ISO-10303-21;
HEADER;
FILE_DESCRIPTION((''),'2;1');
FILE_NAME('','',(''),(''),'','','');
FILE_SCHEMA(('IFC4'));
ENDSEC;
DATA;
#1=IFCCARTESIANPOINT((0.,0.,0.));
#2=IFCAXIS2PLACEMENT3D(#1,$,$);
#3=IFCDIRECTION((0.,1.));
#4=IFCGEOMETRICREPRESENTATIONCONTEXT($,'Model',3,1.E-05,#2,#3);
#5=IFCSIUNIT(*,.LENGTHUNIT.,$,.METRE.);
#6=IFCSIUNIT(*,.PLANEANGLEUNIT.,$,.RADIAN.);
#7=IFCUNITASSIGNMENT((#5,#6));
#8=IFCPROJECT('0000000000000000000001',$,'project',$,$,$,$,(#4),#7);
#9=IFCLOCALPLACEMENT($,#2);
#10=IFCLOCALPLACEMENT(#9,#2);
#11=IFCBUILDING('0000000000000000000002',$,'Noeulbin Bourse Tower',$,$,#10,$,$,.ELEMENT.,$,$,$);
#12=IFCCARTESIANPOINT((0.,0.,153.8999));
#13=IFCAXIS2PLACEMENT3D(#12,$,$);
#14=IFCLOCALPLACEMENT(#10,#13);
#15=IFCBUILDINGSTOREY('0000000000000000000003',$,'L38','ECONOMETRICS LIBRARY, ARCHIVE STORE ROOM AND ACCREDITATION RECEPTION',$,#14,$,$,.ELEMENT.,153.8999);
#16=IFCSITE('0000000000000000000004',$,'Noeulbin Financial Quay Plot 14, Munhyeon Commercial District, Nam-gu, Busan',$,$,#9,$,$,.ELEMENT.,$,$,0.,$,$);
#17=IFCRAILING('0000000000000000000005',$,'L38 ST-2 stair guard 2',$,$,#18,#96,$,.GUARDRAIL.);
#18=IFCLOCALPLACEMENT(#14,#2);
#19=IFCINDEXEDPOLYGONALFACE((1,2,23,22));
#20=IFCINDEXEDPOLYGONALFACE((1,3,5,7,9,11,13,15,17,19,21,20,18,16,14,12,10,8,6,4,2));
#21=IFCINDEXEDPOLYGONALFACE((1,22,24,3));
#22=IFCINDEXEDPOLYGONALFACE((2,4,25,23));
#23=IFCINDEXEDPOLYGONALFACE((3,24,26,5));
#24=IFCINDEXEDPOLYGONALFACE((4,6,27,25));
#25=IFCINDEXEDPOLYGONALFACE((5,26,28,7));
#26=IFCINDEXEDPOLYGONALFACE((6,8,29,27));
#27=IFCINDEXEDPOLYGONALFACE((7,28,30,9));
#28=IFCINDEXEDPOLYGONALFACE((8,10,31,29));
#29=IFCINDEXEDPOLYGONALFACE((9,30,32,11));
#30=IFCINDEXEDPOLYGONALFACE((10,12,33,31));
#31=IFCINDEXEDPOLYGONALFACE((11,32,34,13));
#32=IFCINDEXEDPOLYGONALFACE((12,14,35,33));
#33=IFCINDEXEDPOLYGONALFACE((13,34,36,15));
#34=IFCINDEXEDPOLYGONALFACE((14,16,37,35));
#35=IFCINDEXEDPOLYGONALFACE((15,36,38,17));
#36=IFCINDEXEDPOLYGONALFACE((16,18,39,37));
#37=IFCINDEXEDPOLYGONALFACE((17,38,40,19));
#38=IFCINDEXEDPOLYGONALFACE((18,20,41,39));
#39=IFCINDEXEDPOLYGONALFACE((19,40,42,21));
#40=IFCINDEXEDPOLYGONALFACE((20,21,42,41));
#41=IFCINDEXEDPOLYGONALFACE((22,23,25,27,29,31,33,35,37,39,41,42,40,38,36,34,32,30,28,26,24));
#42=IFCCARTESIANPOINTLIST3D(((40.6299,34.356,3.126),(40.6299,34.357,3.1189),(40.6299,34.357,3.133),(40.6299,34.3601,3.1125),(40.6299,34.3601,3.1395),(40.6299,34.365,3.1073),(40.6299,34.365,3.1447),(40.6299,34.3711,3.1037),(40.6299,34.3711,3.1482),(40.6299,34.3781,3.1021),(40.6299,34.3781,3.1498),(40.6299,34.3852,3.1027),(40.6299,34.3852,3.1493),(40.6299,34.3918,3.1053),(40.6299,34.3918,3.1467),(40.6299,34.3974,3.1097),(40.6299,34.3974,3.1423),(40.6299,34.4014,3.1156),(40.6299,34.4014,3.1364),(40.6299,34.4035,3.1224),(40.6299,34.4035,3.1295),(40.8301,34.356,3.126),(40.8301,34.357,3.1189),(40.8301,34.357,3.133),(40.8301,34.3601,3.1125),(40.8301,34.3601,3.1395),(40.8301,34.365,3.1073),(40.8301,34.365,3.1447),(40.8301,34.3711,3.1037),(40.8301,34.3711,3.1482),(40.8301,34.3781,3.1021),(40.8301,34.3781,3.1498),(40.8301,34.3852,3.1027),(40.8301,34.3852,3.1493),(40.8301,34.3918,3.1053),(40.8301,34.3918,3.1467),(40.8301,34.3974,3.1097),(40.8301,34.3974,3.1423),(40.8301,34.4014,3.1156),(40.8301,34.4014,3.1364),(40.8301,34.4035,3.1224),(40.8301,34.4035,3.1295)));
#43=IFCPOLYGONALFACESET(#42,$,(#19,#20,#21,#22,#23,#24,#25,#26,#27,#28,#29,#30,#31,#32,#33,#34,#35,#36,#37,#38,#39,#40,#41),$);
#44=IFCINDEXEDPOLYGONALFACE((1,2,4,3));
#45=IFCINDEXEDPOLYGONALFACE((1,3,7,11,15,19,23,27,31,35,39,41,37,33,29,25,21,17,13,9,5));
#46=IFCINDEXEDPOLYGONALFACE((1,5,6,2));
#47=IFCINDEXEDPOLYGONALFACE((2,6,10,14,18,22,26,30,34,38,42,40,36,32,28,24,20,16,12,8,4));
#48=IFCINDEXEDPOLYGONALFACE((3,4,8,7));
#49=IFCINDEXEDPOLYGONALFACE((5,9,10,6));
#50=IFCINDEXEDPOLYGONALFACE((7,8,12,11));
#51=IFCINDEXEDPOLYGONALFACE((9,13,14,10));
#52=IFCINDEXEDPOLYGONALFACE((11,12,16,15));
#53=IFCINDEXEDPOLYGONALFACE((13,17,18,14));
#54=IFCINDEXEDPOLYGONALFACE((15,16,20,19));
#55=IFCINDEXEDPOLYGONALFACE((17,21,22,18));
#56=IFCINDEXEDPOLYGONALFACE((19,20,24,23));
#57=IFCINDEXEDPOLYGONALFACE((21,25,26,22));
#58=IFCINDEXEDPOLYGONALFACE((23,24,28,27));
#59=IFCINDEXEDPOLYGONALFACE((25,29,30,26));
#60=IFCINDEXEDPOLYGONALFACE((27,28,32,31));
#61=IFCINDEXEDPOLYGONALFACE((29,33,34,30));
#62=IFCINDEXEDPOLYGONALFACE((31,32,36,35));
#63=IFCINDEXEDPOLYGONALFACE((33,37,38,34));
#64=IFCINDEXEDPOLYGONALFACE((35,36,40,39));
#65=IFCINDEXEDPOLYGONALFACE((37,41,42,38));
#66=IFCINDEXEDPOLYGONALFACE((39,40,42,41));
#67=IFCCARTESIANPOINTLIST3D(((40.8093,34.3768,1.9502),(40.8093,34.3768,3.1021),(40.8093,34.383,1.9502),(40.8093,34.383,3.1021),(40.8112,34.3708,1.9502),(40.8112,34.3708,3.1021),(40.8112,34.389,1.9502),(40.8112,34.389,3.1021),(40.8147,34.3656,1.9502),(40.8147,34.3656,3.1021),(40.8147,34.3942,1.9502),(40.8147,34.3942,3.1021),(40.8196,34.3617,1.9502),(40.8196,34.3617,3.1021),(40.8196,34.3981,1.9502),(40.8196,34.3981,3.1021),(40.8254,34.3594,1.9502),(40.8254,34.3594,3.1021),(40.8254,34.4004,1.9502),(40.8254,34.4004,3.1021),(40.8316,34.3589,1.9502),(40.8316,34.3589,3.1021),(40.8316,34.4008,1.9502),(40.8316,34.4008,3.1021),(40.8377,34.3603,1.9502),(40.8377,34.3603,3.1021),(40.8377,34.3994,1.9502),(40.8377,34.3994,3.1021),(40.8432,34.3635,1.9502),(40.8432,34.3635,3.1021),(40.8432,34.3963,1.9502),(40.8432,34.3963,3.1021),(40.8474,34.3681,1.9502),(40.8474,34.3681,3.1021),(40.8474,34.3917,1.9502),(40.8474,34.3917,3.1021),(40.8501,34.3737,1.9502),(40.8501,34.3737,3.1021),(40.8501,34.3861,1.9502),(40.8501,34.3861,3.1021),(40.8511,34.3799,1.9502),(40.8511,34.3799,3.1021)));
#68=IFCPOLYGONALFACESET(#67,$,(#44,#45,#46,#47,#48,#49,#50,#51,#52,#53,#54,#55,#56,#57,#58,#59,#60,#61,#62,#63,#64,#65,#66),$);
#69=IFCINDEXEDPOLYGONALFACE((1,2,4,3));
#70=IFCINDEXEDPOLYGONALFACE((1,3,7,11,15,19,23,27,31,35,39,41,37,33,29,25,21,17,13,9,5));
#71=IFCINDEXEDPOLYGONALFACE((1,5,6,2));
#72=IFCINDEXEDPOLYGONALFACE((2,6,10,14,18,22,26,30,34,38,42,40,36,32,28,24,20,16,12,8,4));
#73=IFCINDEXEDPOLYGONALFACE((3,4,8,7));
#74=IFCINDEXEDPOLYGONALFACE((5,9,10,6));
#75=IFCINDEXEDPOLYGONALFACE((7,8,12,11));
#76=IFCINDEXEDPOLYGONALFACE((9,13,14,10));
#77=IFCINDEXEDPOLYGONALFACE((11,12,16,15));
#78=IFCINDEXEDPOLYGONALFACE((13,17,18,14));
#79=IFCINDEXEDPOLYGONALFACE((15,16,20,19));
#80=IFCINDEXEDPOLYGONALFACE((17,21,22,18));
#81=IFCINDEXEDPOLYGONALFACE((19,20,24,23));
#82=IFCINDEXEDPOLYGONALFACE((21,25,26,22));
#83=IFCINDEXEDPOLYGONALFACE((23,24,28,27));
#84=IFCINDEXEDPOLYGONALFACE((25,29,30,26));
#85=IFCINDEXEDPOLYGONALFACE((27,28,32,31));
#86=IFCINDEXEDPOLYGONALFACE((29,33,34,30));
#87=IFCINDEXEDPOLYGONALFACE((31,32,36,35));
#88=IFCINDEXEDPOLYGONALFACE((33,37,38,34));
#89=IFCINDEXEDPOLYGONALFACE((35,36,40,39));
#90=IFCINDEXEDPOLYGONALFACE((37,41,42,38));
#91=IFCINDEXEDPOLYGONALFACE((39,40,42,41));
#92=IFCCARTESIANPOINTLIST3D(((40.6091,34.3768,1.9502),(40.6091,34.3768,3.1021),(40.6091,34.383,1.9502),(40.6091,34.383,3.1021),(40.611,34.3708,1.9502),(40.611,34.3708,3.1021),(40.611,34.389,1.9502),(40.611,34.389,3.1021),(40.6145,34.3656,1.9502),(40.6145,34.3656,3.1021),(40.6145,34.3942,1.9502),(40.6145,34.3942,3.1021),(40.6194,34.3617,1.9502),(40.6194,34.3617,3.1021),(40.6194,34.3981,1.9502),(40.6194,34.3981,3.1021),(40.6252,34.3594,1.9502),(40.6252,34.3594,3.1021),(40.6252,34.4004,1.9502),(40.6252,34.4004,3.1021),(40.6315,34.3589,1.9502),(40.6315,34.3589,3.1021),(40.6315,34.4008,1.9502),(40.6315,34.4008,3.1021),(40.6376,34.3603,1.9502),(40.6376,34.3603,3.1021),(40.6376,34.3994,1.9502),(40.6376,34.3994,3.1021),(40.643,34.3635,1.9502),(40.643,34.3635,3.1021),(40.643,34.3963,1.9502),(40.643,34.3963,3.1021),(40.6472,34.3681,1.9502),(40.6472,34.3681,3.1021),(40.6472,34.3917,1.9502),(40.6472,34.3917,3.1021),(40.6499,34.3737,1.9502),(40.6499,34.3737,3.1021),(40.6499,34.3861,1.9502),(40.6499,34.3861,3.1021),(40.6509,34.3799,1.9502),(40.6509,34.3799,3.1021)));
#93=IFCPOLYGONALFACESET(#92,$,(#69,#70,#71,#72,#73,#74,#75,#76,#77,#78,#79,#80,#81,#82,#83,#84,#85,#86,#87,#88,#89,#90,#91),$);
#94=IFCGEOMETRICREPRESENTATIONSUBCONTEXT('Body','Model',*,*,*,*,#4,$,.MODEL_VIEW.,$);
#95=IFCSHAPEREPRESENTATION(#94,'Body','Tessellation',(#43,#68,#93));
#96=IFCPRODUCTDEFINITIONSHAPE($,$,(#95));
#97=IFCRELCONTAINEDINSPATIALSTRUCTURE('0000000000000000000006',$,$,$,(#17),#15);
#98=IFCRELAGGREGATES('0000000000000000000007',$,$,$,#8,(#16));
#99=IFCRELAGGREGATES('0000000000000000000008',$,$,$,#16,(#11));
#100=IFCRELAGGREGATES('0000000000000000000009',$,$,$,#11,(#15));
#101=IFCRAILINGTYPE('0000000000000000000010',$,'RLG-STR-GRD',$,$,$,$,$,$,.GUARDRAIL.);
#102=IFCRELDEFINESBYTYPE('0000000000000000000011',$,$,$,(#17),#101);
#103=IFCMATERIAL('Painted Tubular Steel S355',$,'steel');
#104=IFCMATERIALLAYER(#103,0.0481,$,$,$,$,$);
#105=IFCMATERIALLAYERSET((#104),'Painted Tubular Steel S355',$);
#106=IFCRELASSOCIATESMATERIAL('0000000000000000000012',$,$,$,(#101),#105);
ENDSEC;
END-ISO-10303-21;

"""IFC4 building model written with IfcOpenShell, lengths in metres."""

from ifc_helpers import new_model, si_unit, direction, frame, origin, origin_2d, place, context, subcontext, project, spatial, circle, extrude, material, layer, layer_set, type_object, element, save


model = new_model("IFC4")

# Units and contexts
model_context = context("Model", 3, precision=1e-05, world=origin(), true_north=direction((0.0, 1.0)))
body_context = subcontext(model_context, "Body", "Model", "MODEL_VIEW")
ifc_project = project(units=[si_unit("LENGTHUNIT", "METRE"), si_unit("PLANEANGLEUNIT", "RADIAN")], contexts=[model_context])

# Site, building, storey
site_placement = place(None, origin())
site = spatial("IfcSite", under=ifc_project, at=site_placement, Name="Noeulbin Financial Quay Plot 14, Munhyeon Commercial District, Nam-gu, Busan", CompositionType="ELEMENT", RefElevation=0.0)
building_placement = place(site_placement, origin())
building = spatial("IfcBuilding", under=site, at=building_placement, Name="Noeulbin Bourse Tower", CompositionType="ELEMENT")
storey_placement = place(building_placement, frame((0.0, 0.0, 153.8999)))
storey = spatial("IfcBuildingStorey", under=building, at=storey_placement, Name="L38", Description="ECONOMETRICS LIBRARY, ARCHIVE STORE ROOM AND ACCREDITATION RECEPTION", CompositionType="ELEMENT", Elevation=153.8999)

# Railing
ifc_material_1 = material(Name="Painted Tubular Steel S355", Category="steel")
ifc_layer_1 = layer(ifc_material_1, 0.0481)
ifc_layer_set_1 = layer_set([ifc_layer_1], Name="Painted Tubular Steel S355")
railing_type_1 = type_object("IfcRailingType", Name="RLG-STR-GRD", PredefinedType="GUARDRAIL", material=ifc_layer_set_1)
railing_1_placement = place(storey_placement, frame((40.8301, 34.3799, 1.9502)))
element("IfcRailing", 1, at=railing_1_placement, inside=storey, type_object=railing_type_1, Name="L38 ST-2 stair guard 2", PredefinedType="GUARDRAIL", context=body_context, shape_type="SweptSolid", body=[
    extrude(circle(Radius=0.0239, at=origin_2d()), frame((0.0, 0.0, 1.1758), z_axis=(-1.0, 0.0, 0.0), x_axis=(0.0, -1.0, 0.0)), (0.0, 0.0, 1.0), 0.2002),
    extrude(circle(Radius=0.021, at=origin_2d()), origin(), (0.0, 0.0, 1.0), 1.1519),
    extrude(circle(Radius=0.021, at=origin_2d()), frame((-0.2002, 0.0, 0.0)), (0.0, 0.0, 1.0), 1.1519),
])

save(model, "model.ifc")
